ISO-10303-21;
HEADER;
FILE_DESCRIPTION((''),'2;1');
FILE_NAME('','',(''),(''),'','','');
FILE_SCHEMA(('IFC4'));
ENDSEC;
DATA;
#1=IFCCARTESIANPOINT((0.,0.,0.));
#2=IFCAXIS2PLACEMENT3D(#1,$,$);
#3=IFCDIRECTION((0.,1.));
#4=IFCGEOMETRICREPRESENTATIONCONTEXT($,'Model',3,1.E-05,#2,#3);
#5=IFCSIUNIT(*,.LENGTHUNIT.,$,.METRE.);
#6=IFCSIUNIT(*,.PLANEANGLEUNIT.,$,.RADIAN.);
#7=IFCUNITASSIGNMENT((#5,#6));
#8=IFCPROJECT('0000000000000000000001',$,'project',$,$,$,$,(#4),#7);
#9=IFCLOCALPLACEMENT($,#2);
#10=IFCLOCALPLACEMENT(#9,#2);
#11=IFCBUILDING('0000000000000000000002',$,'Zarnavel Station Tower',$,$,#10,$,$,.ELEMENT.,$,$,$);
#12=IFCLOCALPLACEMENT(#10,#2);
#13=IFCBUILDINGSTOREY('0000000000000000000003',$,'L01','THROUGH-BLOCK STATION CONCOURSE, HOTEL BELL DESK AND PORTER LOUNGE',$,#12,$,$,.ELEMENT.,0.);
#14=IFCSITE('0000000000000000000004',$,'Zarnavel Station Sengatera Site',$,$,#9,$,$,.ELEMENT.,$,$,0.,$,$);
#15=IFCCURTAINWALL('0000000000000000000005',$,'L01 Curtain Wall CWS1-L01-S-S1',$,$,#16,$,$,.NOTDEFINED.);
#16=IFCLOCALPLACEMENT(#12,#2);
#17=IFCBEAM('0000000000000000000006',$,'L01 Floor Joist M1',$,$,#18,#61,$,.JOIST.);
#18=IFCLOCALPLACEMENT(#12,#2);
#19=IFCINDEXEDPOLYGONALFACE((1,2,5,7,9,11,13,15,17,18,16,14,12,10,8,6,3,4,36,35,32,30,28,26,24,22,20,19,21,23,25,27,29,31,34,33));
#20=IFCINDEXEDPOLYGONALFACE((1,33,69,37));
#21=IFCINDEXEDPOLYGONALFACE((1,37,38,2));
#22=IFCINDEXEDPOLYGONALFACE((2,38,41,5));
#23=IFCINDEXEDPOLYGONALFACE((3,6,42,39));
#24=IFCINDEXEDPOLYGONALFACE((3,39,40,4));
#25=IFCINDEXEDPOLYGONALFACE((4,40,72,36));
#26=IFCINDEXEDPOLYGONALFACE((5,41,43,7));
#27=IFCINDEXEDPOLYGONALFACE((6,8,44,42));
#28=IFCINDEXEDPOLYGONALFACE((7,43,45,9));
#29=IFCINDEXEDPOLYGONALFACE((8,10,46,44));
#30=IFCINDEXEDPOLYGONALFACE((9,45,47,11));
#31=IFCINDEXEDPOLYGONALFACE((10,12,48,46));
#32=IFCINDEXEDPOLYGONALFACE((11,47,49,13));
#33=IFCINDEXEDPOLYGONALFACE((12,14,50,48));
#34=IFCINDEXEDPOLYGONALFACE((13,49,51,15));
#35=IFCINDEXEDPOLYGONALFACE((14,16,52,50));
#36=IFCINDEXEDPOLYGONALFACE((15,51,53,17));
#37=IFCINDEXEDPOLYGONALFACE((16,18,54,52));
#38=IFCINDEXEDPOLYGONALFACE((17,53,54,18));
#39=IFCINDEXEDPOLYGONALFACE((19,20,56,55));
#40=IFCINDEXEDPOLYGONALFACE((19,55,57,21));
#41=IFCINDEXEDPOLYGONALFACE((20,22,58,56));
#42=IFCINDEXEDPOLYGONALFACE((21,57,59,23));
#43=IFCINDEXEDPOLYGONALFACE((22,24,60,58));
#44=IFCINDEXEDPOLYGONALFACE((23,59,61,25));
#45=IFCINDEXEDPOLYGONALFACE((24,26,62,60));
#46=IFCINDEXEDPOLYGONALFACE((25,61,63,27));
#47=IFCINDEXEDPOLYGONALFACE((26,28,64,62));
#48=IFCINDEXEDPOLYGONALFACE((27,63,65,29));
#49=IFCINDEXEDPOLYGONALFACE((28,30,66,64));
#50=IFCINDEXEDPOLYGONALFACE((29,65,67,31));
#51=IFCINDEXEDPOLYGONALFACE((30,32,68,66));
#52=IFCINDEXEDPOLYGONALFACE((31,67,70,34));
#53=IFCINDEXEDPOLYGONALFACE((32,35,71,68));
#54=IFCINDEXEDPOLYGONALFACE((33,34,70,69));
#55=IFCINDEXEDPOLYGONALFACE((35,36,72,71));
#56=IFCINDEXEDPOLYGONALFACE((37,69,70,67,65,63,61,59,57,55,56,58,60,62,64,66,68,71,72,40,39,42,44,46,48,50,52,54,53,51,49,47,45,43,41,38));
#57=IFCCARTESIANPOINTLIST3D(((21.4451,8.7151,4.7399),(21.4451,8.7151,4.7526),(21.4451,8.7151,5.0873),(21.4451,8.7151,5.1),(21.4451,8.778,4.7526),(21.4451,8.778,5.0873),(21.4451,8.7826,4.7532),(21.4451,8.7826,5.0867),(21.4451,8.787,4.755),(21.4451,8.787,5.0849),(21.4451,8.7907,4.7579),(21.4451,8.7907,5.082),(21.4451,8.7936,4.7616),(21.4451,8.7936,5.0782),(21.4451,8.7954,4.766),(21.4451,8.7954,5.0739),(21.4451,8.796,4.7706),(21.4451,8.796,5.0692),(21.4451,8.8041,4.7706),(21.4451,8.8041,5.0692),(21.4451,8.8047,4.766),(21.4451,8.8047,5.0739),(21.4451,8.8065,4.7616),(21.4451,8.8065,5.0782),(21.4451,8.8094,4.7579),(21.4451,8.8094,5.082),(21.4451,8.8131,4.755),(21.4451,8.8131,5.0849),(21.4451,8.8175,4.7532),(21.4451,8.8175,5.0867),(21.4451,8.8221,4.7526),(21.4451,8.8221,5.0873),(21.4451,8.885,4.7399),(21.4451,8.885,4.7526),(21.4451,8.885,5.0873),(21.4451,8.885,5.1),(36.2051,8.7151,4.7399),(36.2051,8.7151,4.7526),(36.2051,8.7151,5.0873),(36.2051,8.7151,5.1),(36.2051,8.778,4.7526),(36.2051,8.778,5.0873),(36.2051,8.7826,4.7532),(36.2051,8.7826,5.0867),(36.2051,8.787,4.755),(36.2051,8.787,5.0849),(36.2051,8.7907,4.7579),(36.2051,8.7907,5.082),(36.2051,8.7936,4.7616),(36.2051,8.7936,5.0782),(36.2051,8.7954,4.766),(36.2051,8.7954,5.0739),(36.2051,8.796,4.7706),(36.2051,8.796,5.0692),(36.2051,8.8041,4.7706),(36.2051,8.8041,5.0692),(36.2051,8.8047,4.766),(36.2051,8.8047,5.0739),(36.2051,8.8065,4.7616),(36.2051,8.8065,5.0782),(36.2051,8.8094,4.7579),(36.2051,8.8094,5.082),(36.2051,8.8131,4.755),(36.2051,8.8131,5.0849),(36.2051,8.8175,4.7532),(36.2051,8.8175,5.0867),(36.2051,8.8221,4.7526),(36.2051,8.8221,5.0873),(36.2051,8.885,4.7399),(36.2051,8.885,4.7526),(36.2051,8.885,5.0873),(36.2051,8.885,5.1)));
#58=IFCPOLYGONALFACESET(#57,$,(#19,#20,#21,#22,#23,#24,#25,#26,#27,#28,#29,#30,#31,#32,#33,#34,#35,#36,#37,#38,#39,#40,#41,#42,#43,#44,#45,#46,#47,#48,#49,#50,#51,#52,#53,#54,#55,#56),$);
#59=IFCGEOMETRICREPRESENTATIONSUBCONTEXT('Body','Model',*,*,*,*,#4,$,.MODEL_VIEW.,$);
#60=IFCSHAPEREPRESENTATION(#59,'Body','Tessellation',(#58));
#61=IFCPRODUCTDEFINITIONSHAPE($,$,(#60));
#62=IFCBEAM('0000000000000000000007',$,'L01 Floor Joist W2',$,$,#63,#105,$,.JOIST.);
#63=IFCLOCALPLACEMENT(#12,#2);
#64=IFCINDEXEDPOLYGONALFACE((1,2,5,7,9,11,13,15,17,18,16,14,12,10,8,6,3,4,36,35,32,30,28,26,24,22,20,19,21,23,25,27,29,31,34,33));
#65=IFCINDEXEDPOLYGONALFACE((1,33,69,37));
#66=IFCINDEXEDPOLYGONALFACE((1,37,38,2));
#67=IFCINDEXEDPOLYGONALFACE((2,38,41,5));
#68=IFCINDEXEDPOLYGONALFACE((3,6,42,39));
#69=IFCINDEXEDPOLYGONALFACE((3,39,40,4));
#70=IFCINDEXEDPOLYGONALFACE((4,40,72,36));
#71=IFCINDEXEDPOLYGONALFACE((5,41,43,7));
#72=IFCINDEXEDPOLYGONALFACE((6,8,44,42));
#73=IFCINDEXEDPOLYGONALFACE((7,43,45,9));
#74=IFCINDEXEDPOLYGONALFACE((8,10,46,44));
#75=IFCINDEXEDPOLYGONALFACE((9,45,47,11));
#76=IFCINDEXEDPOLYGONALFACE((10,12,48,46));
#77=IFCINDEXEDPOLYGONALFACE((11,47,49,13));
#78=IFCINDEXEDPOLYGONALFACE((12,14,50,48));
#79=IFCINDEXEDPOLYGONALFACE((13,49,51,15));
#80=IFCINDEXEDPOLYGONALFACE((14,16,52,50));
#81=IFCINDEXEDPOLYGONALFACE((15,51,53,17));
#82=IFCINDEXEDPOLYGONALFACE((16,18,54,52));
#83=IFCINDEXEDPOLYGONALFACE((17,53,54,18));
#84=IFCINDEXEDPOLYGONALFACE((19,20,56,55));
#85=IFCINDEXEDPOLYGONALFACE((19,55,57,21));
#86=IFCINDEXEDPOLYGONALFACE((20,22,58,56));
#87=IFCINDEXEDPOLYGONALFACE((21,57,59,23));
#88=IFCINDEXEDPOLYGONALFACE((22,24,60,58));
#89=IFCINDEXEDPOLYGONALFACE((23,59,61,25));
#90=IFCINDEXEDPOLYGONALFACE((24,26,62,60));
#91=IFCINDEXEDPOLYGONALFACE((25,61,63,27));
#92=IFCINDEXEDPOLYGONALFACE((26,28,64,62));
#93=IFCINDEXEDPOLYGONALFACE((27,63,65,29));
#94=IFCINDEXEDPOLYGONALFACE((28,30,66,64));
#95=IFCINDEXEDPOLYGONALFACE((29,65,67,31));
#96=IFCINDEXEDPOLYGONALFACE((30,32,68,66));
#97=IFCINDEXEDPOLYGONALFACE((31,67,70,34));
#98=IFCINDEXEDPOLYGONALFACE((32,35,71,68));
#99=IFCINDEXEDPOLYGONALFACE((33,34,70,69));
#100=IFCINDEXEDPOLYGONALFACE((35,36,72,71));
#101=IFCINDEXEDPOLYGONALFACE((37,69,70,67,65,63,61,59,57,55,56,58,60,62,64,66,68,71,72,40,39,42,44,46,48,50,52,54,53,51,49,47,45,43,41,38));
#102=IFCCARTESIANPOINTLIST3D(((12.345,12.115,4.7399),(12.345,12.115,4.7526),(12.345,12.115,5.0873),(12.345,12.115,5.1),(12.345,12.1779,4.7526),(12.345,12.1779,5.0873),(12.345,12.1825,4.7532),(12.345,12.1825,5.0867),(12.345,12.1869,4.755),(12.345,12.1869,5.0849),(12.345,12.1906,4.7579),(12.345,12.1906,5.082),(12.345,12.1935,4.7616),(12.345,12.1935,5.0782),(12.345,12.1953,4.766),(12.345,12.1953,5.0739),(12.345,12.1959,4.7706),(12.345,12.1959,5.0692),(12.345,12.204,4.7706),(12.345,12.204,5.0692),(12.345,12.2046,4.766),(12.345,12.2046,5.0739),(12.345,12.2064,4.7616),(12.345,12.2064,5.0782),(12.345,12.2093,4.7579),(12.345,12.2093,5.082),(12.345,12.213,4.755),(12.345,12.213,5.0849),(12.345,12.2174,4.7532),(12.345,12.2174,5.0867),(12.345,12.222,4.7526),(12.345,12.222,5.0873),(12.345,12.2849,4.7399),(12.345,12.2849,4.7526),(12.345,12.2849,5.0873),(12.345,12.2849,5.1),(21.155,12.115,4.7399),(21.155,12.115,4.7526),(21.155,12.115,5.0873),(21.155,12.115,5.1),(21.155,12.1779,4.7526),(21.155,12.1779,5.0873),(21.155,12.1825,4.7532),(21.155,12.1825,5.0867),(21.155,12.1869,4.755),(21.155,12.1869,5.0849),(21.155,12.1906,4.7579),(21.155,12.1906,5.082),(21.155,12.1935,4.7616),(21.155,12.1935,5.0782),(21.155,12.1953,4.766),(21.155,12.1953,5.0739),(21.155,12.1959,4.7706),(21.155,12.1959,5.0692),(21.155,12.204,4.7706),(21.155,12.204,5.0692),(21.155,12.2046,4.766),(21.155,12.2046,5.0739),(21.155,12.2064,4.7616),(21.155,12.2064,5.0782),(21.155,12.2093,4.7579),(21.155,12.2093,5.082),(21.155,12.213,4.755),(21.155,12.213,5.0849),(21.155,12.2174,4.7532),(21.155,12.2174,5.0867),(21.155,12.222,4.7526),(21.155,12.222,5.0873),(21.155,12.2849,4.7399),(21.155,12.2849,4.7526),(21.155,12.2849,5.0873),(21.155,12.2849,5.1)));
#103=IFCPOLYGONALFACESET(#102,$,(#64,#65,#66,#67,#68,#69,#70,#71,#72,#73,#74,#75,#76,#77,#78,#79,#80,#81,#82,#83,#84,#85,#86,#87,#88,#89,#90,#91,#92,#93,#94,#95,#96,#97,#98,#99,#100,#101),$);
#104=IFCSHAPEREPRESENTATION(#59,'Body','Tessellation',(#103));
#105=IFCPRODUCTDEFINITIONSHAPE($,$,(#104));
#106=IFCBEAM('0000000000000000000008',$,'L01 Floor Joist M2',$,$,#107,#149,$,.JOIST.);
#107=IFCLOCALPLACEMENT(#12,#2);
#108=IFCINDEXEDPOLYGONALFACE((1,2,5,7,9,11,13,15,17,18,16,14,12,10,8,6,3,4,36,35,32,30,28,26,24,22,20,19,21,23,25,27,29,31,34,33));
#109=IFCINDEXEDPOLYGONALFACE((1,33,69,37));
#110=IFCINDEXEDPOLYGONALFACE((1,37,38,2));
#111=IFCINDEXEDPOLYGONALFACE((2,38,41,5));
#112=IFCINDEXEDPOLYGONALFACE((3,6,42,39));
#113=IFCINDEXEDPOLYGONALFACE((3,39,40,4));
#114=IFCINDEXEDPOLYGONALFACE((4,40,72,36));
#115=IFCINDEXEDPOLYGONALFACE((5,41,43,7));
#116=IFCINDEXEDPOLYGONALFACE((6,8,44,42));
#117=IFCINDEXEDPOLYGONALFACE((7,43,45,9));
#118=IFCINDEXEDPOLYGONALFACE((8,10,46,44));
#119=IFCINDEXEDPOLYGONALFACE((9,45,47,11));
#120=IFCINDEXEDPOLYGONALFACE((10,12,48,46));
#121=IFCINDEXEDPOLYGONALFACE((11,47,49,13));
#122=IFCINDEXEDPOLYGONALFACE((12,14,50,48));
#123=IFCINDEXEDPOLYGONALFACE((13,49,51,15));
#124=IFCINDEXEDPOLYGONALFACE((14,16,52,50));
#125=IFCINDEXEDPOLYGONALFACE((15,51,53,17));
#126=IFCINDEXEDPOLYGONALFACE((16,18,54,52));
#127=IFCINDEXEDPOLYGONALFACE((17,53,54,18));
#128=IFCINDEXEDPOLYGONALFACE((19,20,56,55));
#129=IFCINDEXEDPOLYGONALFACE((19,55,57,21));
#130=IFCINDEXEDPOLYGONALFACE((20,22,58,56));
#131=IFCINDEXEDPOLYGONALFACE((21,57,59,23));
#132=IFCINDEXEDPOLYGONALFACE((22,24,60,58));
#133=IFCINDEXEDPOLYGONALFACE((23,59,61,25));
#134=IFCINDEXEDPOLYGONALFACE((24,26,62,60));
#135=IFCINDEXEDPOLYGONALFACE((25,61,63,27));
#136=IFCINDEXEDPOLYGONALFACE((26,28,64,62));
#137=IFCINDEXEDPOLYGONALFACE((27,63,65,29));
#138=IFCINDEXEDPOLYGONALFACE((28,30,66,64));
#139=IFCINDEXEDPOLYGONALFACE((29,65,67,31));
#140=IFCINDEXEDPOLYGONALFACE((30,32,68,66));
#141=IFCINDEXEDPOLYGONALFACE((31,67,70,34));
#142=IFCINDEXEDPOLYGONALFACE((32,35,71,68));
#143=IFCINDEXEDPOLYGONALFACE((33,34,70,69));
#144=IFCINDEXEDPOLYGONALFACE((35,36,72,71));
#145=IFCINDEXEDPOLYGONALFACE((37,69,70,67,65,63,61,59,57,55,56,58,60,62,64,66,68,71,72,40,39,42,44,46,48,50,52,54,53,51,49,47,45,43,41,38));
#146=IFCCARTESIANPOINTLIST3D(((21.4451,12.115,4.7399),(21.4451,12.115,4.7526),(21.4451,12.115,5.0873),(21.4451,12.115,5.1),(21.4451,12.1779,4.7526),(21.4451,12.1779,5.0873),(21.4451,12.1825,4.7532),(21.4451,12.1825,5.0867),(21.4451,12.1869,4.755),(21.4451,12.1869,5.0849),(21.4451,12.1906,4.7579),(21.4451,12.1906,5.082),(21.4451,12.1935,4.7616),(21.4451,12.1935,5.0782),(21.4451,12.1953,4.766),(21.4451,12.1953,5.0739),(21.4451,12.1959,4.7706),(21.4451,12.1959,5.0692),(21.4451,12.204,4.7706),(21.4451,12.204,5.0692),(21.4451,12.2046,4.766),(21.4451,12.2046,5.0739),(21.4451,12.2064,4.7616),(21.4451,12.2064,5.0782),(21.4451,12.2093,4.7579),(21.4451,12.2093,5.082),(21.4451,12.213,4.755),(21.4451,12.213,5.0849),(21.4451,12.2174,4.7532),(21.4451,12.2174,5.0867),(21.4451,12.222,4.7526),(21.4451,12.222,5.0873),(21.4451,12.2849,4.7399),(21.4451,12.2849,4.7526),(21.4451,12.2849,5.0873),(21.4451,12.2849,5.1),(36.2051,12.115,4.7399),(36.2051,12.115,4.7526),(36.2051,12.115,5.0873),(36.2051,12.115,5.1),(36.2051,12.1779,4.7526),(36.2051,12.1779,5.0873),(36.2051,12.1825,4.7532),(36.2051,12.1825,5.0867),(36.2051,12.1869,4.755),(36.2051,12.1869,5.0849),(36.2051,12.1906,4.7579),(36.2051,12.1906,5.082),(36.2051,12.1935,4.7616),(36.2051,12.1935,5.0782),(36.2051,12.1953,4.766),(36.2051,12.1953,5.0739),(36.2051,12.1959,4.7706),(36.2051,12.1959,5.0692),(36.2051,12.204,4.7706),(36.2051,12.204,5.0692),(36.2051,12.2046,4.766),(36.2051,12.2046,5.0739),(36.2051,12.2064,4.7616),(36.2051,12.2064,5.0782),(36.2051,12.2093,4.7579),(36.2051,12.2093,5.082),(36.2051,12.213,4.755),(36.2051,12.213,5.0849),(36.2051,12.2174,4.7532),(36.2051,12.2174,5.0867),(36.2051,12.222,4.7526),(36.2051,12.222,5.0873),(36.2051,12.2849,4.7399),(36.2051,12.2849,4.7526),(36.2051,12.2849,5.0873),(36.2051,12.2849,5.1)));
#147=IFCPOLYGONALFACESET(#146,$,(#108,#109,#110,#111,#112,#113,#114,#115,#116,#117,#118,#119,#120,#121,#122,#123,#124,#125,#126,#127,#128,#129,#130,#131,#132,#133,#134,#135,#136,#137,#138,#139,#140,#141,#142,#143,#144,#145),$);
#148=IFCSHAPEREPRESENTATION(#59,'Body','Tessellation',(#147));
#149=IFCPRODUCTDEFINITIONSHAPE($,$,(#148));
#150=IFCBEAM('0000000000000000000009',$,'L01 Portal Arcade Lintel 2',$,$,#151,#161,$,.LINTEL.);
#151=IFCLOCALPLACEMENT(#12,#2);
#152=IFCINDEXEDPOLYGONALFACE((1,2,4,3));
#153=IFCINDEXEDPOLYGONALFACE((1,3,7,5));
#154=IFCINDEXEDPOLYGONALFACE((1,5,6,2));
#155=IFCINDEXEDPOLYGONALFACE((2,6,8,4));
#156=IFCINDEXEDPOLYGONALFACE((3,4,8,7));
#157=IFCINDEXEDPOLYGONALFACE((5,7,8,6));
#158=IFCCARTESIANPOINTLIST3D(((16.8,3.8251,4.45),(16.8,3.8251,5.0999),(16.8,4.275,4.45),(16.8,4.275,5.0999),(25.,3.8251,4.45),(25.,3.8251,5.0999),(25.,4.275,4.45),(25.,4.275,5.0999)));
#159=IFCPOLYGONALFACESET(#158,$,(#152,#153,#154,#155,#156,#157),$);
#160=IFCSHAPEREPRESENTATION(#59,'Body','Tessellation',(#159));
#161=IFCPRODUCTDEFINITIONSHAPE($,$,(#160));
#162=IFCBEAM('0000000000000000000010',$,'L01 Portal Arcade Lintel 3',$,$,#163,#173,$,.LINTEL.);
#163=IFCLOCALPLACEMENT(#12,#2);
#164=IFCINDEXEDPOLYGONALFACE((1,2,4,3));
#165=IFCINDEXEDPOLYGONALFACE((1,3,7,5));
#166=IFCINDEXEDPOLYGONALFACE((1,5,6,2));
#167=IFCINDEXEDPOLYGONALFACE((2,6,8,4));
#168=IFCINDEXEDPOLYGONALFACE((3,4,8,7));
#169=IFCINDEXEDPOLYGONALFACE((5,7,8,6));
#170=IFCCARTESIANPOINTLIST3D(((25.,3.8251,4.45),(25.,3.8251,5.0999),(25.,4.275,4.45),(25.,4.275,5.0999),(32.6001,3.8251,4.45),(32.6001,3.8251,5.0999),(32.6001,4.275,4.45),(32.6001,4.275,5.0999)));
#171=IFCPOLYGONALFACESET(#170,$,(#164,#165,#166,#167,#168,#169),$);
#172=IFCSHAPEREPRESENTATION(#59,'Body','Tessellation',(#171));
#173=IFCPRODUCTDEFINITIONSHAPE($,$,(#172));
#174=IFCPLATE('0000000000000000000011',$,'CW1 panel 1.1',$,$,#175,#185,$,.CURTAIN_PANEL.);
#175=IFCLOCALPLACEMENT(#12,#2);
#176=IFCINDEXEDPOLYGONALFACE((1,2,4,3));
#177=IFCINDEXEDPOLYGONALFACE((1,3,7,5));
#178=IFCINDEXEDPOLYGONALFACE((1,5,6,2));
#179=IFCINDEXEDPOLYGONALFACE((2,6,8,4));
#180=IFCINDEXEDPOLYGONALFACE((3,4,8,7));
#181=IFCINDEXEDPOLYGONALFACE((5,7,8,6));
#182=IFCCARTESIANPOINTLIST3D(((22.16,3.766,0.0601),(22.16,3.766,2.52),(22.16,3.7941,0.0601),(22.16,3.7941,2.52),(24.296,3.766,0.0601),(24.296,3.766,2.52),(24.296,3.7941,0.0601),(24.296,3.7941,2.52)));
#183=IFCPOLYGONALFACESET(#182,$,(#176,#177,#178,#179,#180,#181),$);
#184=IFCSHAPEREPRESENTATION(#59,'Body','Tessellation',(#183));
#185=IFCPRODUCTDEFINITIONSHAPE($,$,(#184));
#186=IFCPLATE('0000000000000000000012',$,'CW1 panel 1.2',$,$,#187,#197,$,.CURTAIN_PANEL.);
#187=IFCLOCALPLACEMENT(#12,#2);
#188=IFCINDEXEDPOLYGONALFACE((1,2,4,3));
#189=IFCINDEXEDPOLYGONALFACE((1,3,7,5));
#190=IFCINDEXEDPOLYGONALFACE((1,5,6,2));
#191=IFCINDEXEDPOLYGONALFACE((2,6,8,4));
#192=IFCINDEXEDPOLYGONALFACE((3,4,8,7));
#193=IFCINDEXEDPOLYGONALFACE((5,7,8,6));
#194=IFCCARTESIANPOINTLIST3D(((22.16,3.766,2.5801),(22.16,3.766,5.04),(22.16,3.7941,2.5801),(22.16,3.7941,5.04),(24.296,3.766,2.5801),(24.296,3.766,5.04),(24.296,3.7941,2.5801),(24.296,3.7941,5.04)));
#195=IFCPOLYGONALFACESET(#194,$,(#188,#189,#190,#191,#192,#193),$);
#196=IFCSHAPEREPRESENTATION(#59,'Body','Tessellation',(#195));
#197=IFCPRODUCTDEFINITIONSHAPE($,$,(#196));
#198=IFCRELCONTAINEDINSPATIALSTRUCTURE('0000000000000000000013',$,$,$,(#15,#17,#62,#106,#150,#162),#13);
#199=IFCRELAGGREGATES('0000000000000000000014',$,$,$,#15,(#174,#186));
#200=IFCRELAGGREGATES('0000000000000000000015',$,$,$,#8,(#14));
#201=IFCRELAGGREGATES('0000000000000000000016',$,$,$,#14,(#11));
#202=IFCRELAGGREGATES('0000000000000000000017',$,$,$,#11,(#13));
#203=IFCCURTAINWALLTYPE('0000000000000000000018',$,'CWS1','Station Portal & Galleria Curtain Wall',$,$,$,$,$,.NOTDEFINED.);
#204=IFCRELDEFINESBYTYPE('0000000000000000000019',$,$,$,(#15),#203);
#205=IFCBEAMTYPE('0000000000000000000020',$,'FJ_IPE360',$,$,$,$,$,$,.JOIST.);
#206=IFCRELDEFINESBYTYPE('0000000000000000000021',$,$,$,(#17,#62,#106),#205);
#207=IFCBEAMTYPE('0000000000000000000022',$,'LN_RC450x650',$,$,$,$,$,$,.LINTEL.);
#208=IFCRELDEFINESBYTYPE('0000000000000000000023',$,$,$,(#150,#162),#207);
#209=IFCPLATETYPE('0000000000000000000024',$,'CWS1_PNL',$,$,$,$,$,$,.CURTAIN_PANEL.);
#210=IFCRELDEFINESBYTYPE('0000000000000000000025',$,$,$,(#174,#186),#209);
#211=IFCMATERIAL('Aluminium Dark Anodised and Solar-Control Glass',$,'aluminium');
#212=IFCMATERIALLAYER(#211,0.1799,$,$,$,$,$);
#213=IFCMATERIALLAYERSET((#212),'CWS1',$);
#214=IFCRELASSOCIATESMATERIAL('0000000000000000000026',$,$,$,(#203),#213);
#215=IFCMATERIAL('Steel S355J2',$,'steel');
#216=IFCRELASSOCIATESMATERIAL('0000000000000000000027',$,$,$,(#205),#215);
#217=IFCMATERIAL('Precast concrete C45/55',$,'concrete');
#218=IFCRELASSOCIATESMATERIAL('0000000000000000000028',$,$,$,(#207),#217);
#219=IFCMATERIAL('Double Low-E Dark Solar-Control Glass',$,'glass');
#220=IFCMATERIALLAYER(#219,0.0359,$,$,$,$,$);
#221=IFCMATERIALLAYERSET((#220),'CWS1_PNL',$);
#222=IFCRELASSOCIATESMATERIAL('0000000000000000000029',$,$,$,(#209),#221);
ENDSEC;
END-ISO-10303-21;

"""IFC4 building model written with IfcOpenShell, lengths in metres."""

from ifc_helpers import new_model, si_unit, direction, frame, origin, origin_2d, place, context, subcontext, project, spatial, rectangle, i_section, extrude, material, layer, layer_set, material_profile, profile_set, type_object, element, aggregate, save


model = new_model("IFC4")

# Units and contexts
model_context = context("Model", 3, precision=1e-05, world=origin(), true_north=direction((0.0, 1.0)))
body_context = subcontext(model_context, "Body", "Model", "MODEL_VIEW")
ifc_project = project(units=[si_unit("LENGTHUNIT", "METRE"), si_unit("PLANEANGLEUNIT", "RADIAN")], contexts=[model_context])

# Site, building, storey
site_placement = place(None, origin())
site = spatial("IfcSite", under=ifc_project, at=site_placement, Name="Zarnavel Station Sengatera Site", CompositionType="ELEMENT", RefElevation=0.0)
building_placement = place(site_placement, origin())
building = spatial("IfcBuilding", under=site, at=building_placement, Name="Zarnavel Station Tower", CompositionType="ELEMENT")
storey_placement = place(building_placement, origin())
storey = spatial("IfcBuildingStorey", under=building, at=storey_placement, Name="L01", Description="THROUGH-BLOCK STATION CONCOURSE, HOTEL BELL DESK AND PORTER LOUNGE", CompositionType="ELEMENT", Elevation=0.0)

# Curtain wall
ifc_material_1 = material(Name="Aluminium Dark Anodised and Solar-Control Glass", Category="aluminium")
ifc_layer_1 = layer(ifc_material_1, 0.1799)
ifc_layer_set_1 = layer_set([ifc_layer_1], Name="CWS1")
curtain_wall_type = type_object("IfcCurtainWallType", Name="CWS1", Description="Station Portal & Galleria Curtain Wall", PredefinedType="NOTDEFINED", material=ifc_layer_set_1)
curtain_wall_placement = place(storey_placement, origin())
curtain_wall = element("IfcCurtainWall", 1, at=curtain_wall_placement, inside=storey, type_object=curtain_wall_type, Name="L01 Curtain Wall CWS1-L01-S-S1", PredefinedType="NOTDEFINED")

# Beams
ifc_material_2 = material(Name="Steel S355J2", Category="steel")
ifc_material_profile_1 = material_profile(ifc_material_2, i_section(OverallWidth=0.1699, OverallDepth=0.3601, WebThickness=0.0081, FlangeThickness=0.0127, FilletRadius=0.0181, at=origin_2d()), Name="IPE360")
ifc_profile_set_1 = profile_set([ifc_material_profile_1], Name="Steel S355J2")
beam_type_1 = type_object("IfcBeamType", Name="FJ_IPE360", PredefinedType="JOIST", material=ifc_profile_set_1)
beam_1_placement = place(storey_placement, frame((21.4451, 8.8, 4.9199), z_axis=(1.0, 0.0, 0.0), x_axis=(0.0, 1.0, 0.0)))
element("IfcBeam", 2, at=beam_1_placement, inside=storey, type_object=beam_type_1, Name="L01 Floor Joist M1", PredefinedType="JOIST", context=body_context, shape_type="SweptSolid", body=[
    extrude(i_section(OverallWidth=0.1699, OverallDepth=0.3601, WebThickness=0.0081, FlangeThickness=0.0127, FilletRadius=0.0181, at=origin_2d()), origin(), (0.0, 0.0, 1.0), 14.76),
])
beam_2_placement = place(storey_placement, frame((12.345, 12.2, 4.9199), z_axis=(1.0, 0.0, 0.0), x_axis=(0.0, 1.0, 0.0)))
element("IfcBeam", 3, at=beam_2_placement, inside=storey, type_object=beam_type_1, Name="L01 Floor Joist W2", PredefinedType="JOIST", context=body_context, shape_type="SweptSolid", body=[
    extrude(i_section(OverallWidth=0.1699, OverallDepth=0.3601, WebThickness=0.0081, FlangeThickness=0.0127, FilletRadius=0.0181, at=origin_2d()), origin(), (0.0, 0.0, 1.0), 8.8101),
])
beam_3_placement = place(storey_placement, frame((21.4451, 12.2, 4.9199), z_axis=(1.0, 0.0, 0.0), x_axis=(0.0, 1.0, 0.0)))
element("IfcBeam", 4, at=beam_3_placement, inside=storey, type_object=beam_type_1, Name="L01 Floor Joist M2", PredefinedType="JOIST", context=body_context, shape_type="SweptSolid", body=[
    extrude(i_section(OverallWidth=0.1699, OverallDepth=0.3601, WebThickness=0.0081, FlangeThickness=0.0127, FilletRadius=0.0181, at=origin_2d()), origin(), (0.0, 0.0, 1.0), 14.76),
])
ifc_material_3 = material(Name="Precast concrete C45/55", Category="concrete")
ifc_material_profile_2 = material_profile(ifc_material_3, rectangle(XDim=0.45, YDim=0.6499, at=origin_2d()), Name="RC450x650")
ifc_profile_set_2 = profile_set([ifc_material_profile_2], Name="Precast concrete C45/55")
beam_type_2 = type_object("IfcBeamType", Name="LN_RC450x650", PredefinedType="LINTEL", material=ifc_profile_set_2)
beam_4_placement = place(storey_placement, frame((16.8, 4.05, 4.7749), z_axis=(1.0, 0.0, 0.0), x_axis=(0.0, 1.0, 0.0)))
element("IfcBeam", 5, at=beam_4_placement, inside=storey, type_object=beam_type_2, Name="L01 Portal Arcade Lintel 2", PredefinedType="LINTEL", context=body_context, shape_type="SweptSolid", body=[
    extrude(rectangle(XDim=0.45, YDim=0.6499, at=origin_2d()), origin(), (0.0, 0.0, 1.0), 8.2),
])
beam_5_placement = place(storey_placement, frame((25.0, 4.05, 4.7749), z_axis=(1.0, 0.0, 0.0), x_axis=(0.0, 1.0, 0.0)))
element("IfcBeam", 6, at=beam_5_placement, inside=storey, type_object=beam_type_2, Name="L01 Portal Arcade Lintel 3", PredefinedType="LINTEL", context=body_context, shape_type="SweptSolid", body=[
    extrude(rectangle(XDim=0.45, YDim=0.6499, at=origin_2d()), origin(), (0.0, 0.0, 1.0), 7.6001),
])

# Plates
ifc_material_4 = material(Name="Double Low-E Dark Solar-Control Glass", Category="glass")
ifc_layer_2 = layer(ifc_material_4, 0.0359)
ifc_layer_set_2 = layer_set([ifc_layer_2], Name="CWS1_PNL")
plate_type = type_object("IfcPlateType", Name="CWS1_PNL", PredefinedType="CURTAIN_PANEL", material=ifc_layer_set_2)
plate_1_placement = place(storey_placement, frame((23.228, 3.78, 0.0601), z_axis=(0.0, 0.0, 1.0), x_axis=(1.0, 0.0, 0.0)))
plate_1 = element("IfcPlate", 7, at=plate_1_placement, type_object=plate_type, Name="CW1 panel 1.1", PredefinedType="CURTAIN_PANEL", context=body_context, shape_type="SweptSolid", body=[
    extrude(rectangle(XDim=2.136, YDim=0.0281, at=origin_2d()), origin(), (0.0, 0.0, 1.0), 2.46),
])
plate_2_placement = place(storey_placement, frame((23.228, 3.78, 2.5801), z_axis=(0.0, 0.0, 1.0), x_axis=(1.0, 0.0, 0.0)))
plate_2 = element("IfcPlate", 8, at=plate_2_placement, type_object=plate_type, Name="CW1 panel 1.2", PredefinedType="CURTAIN_PANEL", context=body_context, shape_type="SweptSolid", body=[
    extrude(rectangle(XDim=2.136, YDim=0.0281, at=origin_2d()), origin(), (0.0, 0.0, 1.0), 2.46),
])
aggregate(curtain_wall, [plate_1, plate_2])

save(model, "model.ifc")
